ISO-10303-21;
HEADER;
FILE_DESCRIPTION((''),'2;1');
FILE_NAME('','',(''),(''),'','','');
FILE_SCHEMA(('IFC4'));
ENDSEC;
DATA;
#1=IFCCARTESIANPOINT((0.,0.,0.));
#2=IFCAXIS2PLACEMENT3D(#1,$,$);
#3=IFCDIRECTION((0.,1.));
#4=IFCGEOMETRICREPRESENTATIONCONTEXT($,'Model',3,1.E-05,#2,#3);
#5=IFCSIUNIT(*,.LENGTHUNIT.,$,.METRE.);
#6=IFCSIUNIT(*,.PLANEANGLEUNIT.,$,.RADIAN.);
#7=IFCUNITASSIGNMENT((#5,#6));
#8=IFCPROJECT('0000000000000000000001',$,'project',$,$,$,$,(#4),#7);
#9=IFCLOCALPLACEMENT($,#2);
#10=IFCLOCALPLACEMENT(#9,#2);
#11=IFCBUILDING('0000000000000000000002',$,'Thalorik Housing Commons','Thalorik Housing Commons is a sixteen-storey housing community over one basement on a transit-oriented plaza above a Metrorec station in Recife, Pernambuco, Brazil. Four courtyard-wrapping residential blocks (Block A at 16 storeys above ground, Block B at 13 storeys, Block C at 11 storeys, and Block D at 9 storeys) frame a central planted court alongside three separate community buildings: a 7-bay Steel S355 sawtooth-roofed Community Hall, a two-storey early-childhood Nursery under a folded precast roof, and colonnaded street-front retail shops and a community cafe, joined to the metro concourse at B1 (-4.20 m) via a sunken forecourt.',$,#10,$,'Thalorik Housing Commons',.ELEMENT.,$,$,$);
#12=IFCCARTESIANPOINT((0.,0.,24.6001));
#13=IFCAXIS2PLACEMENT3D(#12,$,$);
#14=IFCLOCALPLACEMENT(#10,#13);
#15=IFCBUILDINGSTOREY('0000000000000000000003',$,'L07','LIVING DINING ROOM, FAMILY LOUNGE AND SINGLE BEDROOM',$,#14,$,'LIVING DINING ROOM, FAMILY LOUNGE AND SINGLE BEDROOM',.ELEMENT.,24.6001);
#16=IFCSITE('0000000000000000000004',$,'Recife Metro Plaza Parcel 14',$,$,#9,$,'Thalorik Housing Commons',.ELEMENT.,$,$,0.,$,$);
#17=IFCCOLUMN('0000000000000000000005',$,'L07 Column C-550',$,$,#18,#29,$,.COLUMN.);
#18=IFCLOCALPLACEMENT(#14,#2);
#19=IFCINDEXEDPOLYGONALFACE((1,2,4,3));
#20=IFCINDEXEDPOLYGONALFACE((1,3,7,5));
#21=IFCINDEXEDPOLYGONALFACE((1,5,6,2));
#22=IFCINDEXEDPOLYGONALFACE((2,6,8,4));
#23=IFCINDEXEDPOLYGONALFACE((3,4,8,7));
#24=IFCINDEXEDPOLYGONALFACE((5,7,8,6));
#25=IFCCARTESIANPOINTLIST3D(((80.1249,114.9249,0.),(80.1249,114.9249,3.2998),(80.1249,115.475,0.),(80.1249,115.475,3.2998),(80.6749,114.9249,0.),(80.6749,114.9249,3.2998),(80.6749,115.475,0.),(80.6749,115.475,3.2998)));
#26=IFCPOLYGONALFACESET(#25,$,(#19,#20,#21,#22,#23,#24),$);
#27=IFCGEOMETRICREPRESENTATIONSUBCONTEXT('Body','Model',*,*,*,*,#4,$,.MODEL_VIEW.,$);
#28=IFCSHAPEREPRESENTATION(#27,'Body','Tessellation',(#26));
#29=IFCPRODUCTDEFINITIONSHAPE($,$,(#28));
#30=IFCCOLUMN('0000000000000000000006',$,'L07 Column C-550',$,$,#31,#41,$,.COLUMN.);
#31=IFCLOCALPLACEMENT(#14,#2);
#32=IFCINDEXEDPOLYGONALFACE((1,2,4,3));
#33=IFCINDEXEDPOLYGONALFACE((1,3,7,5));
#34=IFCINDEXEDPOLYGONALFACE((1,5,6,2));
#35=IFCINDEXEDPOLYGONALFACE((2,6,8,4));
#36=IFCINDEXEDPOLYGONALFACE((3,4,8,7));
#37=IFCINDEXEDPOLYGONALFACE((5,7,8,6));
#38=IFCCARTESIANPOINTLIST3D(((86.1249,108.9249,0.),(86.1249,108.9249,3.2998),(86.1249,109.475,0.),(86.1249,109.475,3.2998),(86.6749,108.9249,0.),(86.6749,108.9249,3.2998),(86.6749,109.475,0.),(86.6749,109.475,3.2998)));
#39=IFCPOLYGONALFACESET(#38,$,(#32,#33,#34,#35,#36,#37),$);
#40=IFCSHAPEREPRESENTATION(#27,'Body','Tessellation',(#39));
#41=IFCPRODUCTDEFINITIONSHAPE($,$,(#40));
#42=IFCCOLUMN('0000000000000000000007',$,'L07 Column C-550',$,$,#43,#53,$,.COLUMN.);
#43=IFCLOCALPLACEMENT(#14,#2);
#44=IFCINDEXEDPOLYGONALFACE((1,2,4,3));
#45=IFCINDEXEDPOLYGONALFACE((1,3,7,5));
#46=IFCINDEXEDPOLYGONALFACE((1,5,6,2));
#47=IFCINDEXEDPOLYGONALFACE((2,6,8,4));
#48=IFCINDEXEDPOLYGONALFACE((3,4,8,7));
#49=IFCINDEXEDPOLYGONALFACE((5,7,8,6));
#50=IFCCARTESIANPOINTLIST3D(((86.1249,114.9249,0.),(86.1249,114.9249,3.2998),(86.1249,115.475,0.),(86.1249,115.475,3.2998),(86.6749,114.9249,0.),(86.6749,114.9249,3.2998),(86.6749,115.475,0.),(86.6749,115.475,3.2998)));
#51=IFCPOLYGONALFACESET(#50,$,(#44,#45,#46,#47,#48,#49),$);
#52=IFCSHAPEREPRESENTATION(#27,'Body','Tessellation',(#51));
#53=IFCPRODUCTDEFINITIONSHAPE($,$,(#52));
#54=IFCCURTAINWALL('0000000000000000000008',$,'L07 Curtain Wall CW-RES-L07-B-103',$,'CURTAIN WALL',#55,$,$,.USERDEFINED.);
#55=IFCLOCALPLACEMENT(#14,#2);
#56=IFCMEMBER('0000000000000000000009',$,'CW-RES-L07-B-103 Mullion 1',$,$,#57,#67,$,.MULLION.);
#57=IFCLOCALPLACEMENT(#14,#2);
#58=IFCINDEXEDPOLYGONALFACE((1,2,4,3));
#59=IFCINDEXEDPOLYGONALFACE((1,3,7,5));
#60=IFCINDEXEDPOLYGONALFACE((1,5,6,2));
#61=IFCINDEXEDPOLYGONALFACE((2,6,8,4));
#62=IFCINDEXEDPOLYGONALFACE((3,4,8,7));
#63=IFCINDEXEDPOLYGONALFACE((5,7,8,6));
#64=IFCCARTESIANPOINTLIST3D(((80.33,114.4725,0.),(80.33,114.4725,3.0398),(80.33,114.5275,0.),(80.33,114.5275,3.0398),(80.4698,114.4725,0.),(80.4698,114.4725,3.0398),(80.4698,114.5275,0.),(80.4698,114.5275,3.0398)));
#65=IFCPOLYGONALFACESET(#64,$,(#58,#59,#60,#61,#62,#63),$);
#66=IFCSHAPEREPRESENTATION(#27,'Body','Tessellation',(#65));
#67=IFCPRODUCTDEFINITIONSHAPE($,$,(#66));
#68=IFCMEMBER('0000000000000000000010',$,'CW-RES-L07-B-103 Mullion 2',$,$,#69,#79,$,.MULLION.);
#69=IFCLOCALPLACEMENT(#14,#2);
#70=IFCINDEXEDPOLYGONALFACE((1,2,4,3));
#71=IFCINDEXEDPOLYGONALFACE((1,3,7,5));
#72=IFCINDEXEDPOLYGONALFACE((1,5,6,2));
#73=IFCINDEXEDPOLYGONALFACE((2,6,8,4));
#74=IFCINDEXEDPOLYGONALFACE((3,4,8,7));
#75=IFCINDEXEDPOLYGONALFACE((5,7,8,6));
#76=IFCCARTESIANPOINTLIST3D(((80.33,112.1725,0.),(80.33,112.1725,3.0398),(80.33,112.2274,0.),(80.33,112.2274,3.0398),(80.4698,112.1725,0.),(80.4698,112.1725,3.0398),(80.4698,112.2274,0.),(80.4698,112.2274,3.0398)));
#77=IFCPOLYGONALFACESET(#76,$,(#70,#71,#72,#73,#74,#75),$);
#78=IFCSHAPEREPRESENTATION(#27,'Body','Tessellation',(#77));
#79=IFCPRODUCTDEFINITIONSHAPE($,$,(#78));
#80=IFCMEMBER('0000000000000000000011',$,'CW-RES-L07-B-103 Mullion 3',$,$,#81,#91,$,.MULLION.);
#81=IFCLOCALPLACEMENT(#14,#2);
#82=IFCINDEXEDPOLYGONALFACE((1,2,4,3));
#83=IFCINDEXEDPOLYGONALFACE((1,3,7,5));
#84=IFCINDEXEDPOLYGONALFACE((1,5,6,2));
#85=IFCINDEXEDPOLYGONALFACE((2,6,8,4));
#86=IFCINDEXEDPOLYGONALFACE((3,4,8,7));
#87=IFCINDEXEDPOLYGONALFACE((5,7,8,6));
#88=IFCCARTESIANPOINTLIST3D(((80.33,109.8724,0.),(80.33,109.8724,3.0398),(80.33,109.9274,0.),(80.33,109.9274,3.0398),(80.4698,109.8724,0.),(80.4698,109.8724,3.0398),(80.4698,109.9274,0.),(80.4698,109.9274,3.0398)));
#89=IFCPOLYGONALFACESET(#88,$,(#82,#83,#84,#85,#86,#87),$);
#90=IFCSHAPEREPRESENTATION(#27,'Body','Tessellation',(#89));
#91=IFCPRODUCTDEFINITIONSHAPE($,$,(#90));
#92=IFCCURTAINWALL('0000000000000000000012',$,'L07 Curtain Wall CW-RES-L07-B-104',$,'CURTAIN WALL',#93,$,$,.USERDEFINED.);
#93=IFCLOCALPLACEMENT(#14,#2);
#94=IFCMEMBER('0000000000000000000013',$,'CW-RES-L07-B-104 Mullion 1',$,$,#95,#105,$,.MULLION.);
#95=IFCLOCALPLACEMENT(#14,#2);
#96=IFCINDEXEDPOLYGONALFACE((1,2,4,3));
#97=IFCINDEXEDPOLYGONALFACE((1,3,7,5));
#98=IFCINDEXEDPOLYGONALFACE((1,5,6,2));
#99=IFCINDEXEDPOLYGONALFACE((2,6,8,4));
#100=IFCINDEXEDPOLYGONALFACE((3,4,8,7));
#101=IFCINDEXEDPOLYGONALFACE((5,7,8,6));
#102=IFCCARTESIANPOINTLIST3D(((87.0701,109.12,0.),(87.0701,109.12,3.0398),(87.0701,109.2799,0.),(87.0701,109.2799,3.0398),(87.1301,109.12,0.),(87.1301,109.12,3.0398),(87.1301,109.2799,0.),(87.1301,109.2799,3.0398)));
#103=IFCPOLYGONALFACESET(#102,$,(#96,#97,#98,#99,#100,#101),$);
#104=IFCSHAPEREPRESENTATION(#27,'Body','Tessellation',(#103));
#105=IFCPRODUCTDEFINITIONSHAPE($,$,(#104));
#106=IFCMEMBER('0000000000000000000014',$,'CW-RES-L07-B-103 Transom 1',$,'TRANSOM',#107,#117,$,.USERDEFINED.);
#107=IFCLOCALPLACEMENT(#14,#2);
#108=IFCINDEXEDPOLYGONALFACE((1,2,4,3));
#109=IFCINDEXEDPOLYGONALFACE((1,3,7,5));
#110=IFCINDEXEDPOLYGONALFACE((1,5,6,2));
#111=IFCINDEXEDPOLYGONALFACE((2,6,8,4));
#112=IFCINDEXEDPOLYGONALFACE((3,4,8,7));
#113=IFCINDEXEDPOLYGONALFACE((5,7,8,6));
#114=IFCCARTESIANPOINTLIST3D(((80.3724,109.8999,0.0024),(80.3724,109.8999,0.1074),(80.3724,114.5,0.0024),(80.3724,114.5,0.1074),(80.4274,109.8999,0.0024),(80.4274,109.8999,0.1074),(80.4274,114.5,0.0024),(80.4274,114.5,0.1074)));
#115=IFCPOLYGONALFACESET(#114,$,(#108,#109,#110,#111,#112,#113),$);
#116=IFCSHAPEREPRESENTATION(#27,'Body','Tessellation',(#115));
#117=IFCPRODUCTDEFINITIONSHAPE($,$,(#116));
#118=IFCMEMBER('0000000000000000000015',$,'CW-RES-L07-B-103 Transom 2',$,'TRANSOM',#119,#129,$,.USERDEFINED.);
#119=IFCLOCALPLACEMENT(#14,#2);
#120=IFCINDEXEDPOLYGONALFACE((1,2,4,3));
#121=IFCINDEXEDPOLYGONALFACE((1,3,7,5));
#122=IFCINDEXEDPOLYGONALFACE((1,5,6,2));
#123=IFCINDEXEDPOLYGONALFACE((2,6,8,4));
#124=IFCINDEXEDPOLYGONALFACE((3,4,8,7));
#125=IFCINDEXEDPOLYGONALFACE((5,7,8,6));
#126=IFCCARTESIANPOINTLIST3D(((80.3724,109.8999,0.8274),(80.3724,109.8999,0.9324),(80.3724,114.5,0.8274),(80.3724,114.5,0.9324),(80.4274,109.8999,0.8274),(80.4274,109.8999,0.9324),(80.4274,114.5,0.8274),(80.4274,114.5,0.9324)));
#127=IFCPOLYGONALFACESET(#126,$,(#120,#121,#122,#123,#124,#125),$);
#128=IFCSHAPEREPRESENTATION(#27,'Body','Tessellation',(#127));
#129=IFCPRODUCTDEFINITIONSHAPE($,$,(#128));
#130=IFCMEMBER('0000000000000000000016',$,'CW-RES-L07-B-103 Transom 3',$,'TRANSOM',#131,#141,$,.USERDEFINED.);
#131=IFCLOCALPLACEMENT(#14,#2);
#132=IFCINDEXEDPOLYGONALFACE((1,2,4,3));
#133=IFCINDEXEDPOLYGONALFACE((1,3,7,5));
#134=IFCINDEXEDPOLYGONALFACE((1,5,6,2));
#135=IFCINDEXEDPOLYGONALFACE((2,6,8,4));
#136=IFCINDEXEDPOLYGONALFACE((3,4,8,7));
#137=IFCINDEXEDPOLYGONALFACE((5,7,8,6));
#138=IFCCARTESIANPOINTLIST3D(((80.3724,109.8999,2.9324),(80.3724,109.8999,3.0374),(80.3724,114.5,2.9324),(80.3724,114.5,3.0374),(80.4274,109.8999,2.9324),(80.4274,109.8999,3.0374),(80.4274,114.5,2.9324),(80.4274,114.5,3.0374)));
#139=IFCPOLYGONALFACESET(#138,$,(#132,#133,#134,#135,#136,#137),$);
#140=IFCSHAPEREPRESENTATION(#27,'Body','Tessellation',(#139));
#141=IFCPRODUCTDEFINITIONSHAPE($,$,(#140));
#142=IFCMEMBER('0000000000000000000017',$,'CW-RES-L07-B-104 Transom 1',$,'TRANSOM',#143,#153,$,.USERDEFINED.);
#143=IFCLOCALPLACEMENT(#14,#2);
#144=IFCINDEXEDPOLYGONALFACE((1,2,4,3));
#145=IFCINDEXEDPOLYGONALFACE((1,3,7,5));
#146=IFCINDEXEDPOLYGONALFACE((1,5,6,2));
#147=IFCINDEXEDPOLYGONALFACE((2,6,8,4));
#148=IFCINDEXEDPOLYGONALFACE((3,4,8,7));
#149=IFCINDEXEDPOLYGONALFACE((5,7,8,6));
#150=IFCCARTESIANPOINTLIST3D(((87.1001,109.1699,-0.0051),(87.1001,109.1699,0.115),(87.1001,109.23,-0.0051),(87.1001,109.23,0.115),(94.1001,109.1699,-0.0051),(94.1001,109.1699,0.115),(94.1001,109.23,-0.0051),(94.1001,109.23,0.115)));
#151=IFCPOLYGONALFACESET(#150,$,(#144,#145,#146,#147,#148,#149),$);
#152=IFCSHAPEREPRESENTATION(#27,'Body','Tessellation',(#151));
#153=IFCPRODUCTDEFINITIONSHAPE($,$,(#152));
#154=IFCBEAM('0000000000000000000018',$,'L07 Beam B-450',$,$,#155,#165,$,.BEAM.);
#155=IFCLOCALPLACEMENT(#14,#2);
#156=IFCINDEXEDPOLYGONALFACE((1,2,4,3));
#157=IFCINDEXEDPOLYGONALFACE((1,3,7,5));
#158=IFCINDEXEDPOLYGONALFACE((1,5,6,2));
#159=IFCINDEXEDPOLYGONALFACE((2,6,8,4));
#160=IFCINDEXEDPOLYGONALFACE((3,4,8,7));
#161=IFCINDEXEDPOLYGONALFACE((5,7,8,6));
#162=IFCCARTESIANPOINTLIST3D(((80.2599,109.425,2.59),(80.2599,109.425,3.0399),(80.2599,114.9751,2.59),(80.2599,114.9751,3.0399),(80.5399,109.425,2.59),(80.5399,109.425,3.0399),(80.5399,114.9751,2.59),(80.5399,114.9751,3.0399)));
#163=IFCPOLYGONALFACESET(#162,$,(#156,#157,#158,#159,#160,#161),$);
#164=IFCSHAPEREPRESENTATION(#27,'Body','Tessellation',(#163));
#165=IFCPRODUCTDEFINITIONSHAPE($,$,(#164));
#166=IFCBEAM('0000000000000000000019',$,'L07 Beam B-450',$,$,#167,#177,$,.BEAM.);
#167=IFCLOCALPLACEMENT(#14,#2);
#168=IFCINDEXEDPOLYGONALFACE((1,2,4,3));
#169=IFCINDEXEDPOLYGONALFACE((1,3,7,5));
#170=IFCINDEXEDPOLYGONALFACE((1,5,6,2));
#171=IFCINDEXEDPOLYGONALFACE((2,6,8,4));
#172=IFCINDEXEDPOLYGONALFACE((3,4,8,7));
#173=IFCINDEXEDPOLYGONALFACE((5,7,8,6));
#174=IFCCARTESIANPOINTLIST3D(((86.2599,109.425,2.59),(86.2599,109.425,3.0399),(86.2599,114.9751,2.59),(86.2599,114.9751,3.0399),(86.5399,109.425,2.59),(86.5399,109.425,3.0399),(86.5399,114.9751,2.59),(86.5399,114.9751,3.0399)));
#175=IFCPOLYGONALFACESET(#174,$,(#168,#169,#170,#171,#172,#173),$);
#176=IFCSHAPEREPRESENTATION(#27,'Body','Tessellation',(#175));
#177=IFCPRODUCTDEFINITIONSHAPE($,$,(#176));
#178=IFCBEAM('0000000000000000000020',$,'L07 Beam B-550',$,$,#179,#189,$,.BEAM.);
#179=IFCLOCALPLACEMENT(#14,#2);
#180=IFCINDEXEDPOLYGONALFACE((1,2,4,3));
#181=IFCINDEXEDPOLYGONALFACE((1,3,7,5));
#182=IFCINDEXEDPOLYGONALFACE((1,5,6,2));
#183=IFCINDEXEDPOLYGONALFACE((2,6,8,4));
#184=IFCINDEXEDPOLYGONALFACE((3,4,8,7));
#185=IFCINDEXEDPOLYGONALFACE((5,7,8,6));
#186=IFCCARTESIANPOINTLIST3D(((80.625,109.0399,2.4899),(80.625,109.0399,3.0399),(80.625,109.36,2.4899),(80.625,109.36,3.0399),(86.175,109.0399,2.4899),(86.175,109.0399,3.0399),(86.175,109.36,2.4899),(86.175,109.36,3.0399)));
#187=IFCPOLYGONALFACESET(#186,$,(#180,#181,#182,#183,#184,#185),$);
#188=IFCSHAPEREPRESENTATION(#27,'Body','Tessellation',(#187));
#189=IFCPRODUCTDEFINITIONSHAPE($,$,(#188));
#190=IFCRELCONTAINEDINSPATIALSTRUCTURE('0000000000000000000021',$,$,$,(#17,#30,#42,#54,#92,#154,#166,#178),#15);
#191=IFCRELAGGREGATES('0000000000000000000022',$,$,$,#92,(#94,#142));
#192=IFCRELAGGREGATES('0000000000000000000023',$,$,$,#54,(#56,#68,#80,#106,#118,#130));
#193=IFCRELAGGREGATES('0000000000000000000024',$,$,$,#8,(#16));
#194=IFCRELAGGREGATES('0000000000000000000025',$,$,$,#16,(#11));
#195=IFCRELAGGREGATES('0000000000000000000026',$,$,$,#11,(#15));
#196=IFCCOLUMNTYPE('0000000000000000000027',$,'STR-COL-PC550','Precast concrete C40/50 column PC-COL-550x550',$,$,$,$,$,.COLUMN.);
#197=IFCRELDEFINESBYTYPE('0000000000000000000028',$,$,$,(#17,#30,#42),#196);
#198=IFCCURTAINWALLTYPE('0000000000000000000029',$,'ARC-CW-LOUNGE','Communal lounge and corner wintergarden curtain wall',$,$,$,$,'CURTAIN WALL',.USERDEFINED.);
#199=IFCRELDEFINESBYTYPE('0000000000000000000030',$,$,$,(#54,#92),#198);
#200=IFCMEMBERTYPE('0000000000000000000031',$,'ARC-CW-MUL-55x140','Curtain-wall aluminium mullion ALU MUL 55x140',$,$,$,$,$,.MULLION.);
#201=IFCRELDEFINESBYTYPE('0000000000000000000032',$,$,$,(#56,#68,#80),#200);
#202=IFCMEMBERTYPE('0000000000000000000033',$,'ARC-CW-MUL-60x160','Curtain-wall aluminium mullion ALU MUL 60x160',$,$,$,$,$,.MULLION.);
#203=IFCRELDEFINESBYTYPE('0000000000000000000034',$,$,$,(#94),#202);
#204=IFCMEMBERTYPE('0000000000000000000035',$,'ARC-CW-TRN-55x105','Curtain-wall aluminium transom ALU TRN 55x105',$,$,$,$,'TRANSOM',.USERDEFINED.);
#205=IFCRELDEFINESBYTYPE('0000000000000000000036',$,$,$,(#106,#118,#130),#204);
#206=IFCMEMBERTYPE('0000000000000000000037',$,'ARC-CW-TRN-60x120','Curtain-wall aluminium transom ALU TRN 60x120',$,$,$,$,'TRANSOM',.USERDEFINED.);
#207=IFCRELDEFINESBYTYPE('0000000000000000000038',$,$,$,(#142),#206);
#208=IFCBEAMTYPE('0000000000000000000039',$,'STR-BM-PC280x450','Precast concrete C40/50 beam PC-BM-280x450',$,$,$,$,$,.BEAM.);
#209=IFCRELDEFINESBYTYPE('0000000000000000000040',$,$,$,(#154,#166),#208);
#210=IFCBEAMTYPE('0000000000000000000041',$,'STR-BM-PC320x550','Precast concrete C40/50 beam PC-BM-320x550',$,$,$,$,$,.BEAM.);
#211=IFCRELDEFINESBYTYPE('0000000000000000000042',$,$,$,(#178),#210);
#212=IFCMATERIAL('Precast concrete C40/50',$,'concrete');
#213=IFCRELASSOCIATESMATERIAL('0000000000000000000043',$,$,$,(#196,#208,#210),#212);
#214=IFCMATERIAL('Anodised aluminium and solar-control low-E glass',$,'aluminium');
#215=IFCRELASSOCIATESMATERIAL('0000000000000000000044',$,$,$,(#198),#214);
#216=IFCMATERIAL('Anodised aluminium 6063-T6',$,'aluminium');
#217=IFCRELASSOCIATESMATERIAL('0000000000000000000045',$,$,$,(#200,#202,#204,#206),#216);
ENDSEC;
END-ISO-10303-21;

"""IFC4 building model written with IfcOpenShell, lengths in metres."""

from ifc_helpers import new_model, si_unit, direction, frame, origin, origin_2d, place, context, subcontext, project, spatial, rectangle, extrude, material, material_profile, profile_set, type_object, element, aggregate, save


model = new_model("IFC4")

# Units and contexts
model_context = context("Model", 3, precision=1e-05, world=origin(), true_north=direction((0.0, 1.0)))
body_context = subcontext(model_context, "Body", "Model", "MODEL_VIEW")
ifc_project = project(units=[si_unit("LENGTHUNIT", "METRE"), si_unit("PLANEANGLEUNIT", "RADIAN")], contexts=[model_context])

# Site, building, storey
site_placement = place(None, origin())
site = spatial("IfcSite", under=ifc_project, at=site_placement, Name="Recife Metro Plaza Parcel 14", LongName="Thalorik Housing Commons", CompositionType="ELEMENT", RefElevation=0.0)
building_placement = place(site_placement, origin())
building = spatial("IfcBuilding", under=site, at=building_placement, Name="Thalorik Housing Commons", Description="Thalorik Housing Commons is a sixteen-storey housing community over one basement on a transit-oriented plaza above a Metrorec station in Recife, Pernambuco, Brazil. Four courtyard-wrapping residential blocks (Block A at 16 storeys above ground, Block B at 13 storeys, Block C at 11 storeys, and Block D at 9 storeys) frame a central planted court alongside three separate community buildings: a 7-bay Steel S355 sawtooth-roofed Community Hall, a two-storey early-childhood Nursery under a folded precast roof, and colonnaded street-front retail shops and a community cafe, joined to the metro concourse at B1 (-4.20 m) via a sunken forecourt.", LongName="Thalorik Housing Commons", CompositionType="ELEMENT")
storey_placement = place(building_placement, frame((0.0, 0.0, 24.6001)))
storey = spatial("IfcBuildingStorey", under=building, at=storey_placement, Name="L07", Description="LIVING DINING ROOM, FAMILY LOUNGE AND SINGLE BEDROOM", LongName="LIVING DINING ROOM, FAMILY LOUNGE AND SINGLE BEDROOM", CompositionType="ELEMENT", Elevation=24.6001)

# Columns
ifc_material_1 = material(Name="Precast concrete C40/50", Category="concrete")
ifc_material_profile_1 = material_profile(ifc_material_1, rectangle(XDim=0.55, YDim=0.55, at=origin_2d()), Name="PC 550x550", Category="concrete")
ifc_profile_set_1 = profile_set([ifc_material_profile_1], Name="Precast concrete C40/50")
column_type = type_object("IfcColumnType", Name="STR-COL-PC550", Description="Precast concrete C40/50 column PC-COL-550x550", PredefinedType="COLUMN", material=ifc_profile_set_1)
for number, where, z_axis, x_axis, name in (
    (1, (80.3999, 115.2, 0.0), (0.0, 0.0, 1.0), (1.0, 0.0, 0.0), "L07 Column C-550"),
    (2, (86.3999, 109.2, 0.0), (0.0, 0.0, 1.0), (1.0, 0.0, 0.0), "L07 Column C-550"),
    (3, (86.3999, 115.2, 0.0), (0.0, 0.0, 1.0), (1.0, 0.0, 0.0), "L07 Column C-550"),
):
    element("IfcColumn", number, at=place(storey_placement, frame(where, z_axis=z_axis, x_axis=x_axis)), inside=storey, type_object=column_type, Name=name, PredefinedType="COLUMN", context=body_context, shape_type="SweptSolid", body=[
        extrude(rectangle(XDim=0.55, YDim=0.55, at=origin_2d()), origin(), (0.0, 0.0, 1.0), 3.2998),
    ])

# Curtain wall, members
ifc_material_2 = material(Name="Anodised aluminium and solar-control low-E glass", Category="aluminium")
curtain_wall_type = type_object("IfcCurtainWallType", Name="ARC-CW-LOUNGE", Description="Communal lounge and corner wintergarden curtain wall", ElementType="CURTAIN WALL", PredefinedType="USERDEFINED", material=ifc_material_2)
curtain_wall_1_placement = place(storey_placement, origin())
curtain_wall_1 = element("IfcCurtainWall", 4, at=curtain_wall_1_placement, inside=storey, type_object=curtain_wall_type, Name="L07 Curtain Wall CW-RES-L07-B-103", ObjectType="CURTAIN WALL", PredefinedType="USERDEFINED")
ifc_material_3 = material(Name="Anodised aluminium 6063-T6", Category="aluminium")
ifc_material_profile_2 = material_profile(ifc_material_3, rectangle(XDim=0.0549, YDim=0.1399, at=origin_2d()), Name="ALU MUL 55x140", Category="aluminium")
ifc_profile_set_2 = profile_set([ifc_material_profile_2], Name="Anodised aluminium 6063-T6")
member_type_1 = type_object("IfcMemberType", Name="ARC-CW-MUL-55x140", Description="Curtain-wall aluminium mullion ALU MUL 55x140", PredefinedType="MULLION", material=ifc_profile_set_2)
member_1_placement = place(storey_placement, frame((80.3999, 114.5, 0.0), z_axis=(0.0, 0.0, 1.0), x_axis=(0.0, -1.0, 0.0)))
member_1 = element("IfcMember", 5, at=member_1_placement, type_object=member_type_1, Name="CW-RES-L07-B-103 Mullion 1", PredefinedType="MULLION", context=body_context, shape_type="SweptSolid", body=[
    extrude(rectangle(XDim=0.0549, YDim=0.1399, at=origin_2d()), origin(), (0.0, 0.0, 1.0), 3.0398),
])
member_2_placement = place(storey_placement, frame((80.3999, 112.2, 0.0), z_axis=(0.0, 0.0, 1.0), x_axis=(0.0, -1.0, 0.0)))
member_2 = element("IfcMember", 6, at=member_2_placement, type_object=member_type_1, Name="CW-RES-L07-B-103 Mullion 2", PredefinedType="MULLION", context=body_context, shape_type="SweptSolid", body=[
    extrude(rectangle(XDim=0.0549, YDim=0.1399, at=origin_2d()), origin(), (0.0, 0.0, 1.0), 3.0398),
])
member_3_placement = place(storey_placement, frame((80.3999, 109.8999, 0.0), z_axis=(0.0, 0.0, 1.0), x_axis=(0.0, -1.0, 0.0)))
member_3 = element("IfcMember", 7, at=member_3_placement, type_object=member_type_1, Name="CW-RES-L07-B-103 Mullion 3", PredefinedType="MULLION", context=body_context, shape_type="SweptSolid", body=[
    extrude(rectangle(XDim=0.0549, YDim=0.1399, at=origin_2d()), origin(), (0.0, 0.0, 1.0), 3.0398),
])

# Curtain wall, member
curtain_wall_2_placement = place(storey_placement, origin())
curtain_wall_2 = element("IfcCurtainWall", 8, at=curtain_wall_2_placement, inside=storey, type_object=curtain_wall_type, Name="L07 Curtain Wall CW-RES-L07-B-104", ObjectType="CURTAIN WALL", PredefinedType="USERDEFINED")
ifc_material_profile_3 = material_profile(ifc_material_3, rectangle(XDim=0.0601, YDim=0.1599, at=origin_2d()), Name="ALU MUL 60x160", Category="aluminium")
ifc_profile_set_3 = profile_set([ifc_material_profile_3], Name="Anodised aluminium 6063-T6")
member_type_2 = type_object("IfcMemberType", Name="ARC-CW-MUL-60x160", Description="Curtain-wall aluminium mullion ALU MUL 60x160", PredefinedType="MULLION", material=ifc_profile_set_3)
member_4_placement = place(storey_placement, frame((87.1001, 109.2, 0.0), z_axis=(0.0, 0.0, 1.0), x_axis=(1.0, 0.0, 0.0)))
member_4 = element("IfcMember", 9, at=member_4_placement, type_object=member_type_2, Name="CW-RES-L07-B-104 Mullion 1", PredefinedType="MULLION", context=body_context, shape_type="SweptSolid", body=[
    extrude(rectangle(XDim=0.0601, YDim=0.1599, at=origin_2d()), origin(), (0.0, 0.0, 1.0), 3.0398),
])

# Members
ifc_material_profile_4 = material_profile(ifc_material_3, rectangle(XDim=0.0549, YDim=0.105, at=origin_2d()), Name="ALU TRN 55x105", Category="aluminium")
ifc_profile_set_4 = profile_set([ifc_material_profile_4], Name="Anodised aluminium 6063-T6")
member_type_3 = type_object("IfcMemberType", Name="ARC-CW-TRN-55x105", Description="Curtain-wall aluminium transom ALU TRN 55x105", ElementType="TRANSOM", PredefinedType="USERDEFINED", material=ifc_profile_set_4)
member_5_placement = place(storey_placement, frame((80.3999, 114.5, 0.0549), z_axis=(0.0, -1.0, 0.0), x_axis=(1.0, 0.0, 0.0)))
member_5 = element("IfcMember", 10, at=member_5_placement, type_object=member_type_3, Name="CW-RES-L07-B-103 Transom 1", ObjectType="TRANSOM", PredefinedType="USERDEFINED", context=body_context, shape_type="SweptSolid", body=[
    extrude(rectangle(XDim=0.0549, YDim=0.105, at=origin_2d()), origin(), (0.0, 0.0, 1.0), 4.6001),
])
member_6_placement = place(storey_placement, frame((80.3999, 114.5, 0.8799), z_axis=(0.0, -1.0, 0.0), x_axis=(1.0, 0.0, 0.0)))
member_6 = element("IfcMember", 11, at=member_6_placement, type_object=member_type_3, Name="CW-RES-L07-B-103 Transom 2", ObjectType="TRANSOM", PredefinedType="USERDEFINED", context=body_context, shape_type="SweptSolid", body=[
    extrude(rectangle(XDim=0.0549, YDim=0.105, at=origin_2d()), origin(), (0.0, 0.0, 1.0), 4.6001),
])
member_7_placement = place(storey_placement, frame((80.3999, 114.5, 2.9849), z_axis=(0.0, -1.0, 0.0), x_axis=(1.0, 0.0, 0.0)))
member_7 = element("IfcMember", 12, at=member_7_placement, type_object=member_type_3, Name="CW-RES-L07-B-103 Transom 3", ObjectType="TRANSOM", PredefinedType="USERDEFINED", context=body_context, shape_type="SweptSolid", body=[
    extrude(rectangle(XDim=0.0549, YDim=0.105, at=origin_2d()), origin(), (0.0, 0.0, 1.0), 4.6001),
])
ifc_material_profile_5 = material_profile(ifc_material_3, rectangle(XDim=0.0601, YDim=0.1201, at=origin_2d()), Name="ALU TRN 60x120", Category="aluminium")
ifc_profile_set_5 = profile_set([ifc_material_profile_5], Name="Anodised aluminium 6063-T6")
member_type_4 = type_object("IfcMemberType", Name="ARC-CW-TRN-60x120", Description="Curtain-wall aluminium transom ALU TRN 60x120", ElementType="TRANSOM", PredefinedType="USERDEFINED", material=ifc_profile_set_5)
member_8_placement = place(storey_placement, frame((87.1001, 109.2, 0.0549), z_axis=(1.0, 0.0, 0.0), x_axis=(0.0, 1.0, 0.0)))
member_8 = element("IfcMember", 13, at=member_8_placement, type_object=member_type_4, Name="CW-RES-L07-B-104 Transom 1", ObjectType="TRANSOM", PredefinedType="USERDEFINED", context=body_context, shape_type="SweptSolid", body=[
    extrude(rectangle(XDim=0.0601, YDim=0.1201, at=origin_2d()), origin(), (0.0, 0.0, 1.0), 7.0),
])
aggregate(curtain_wall_2, [member_4, member_8])

# Beams
ifc_material_profile_6 = material_profile(ifc_material_1, rectangle(XDim=0.28, YDim=0.45, at=origin_2d()), Name="PC 280x450", Category="concrete")
ifc_profile_set_6 = profile_set([ifc_material_profile_6], Name="Precast concrete C40/50")
beam_type_1 = type_object("IfcBeamType", Name="STR-BM-PC280x450", Description="Precast concrete C40/50 beam PC-BM-280x450", PredefinedType="BEAM", material=ifc_profile_set_6)
for number, where, z_axis, x_axis, name in (
    (14, (80.3999, 109.425, 2.8149), (0.0, 1.0, 0.0), (-1.0, 0.0, 0.0), "L07 Beam B-450"),
    (15, (86.3999, 109.425, 2.8149), (0.0, 1.0, 0.0), (-1.0, 0.0, 0.0), "L07 Beam B-450"),
):
    element("IfcBeam", number, at=place(storey_placement, frame(where, z_axis=z_axis, x_axis=x_axis)), inside=storey, type_object=beam_type_1, Name=name, PredefinedType="BEAM", context=body_context, shape_type="SweptSolid", body=[
        extrude(rectangle(XDim=0.28, YDim=0.45, at=origin_2d()), origin(), (0.0, 0.0, 1.0), 5.55),
    ])
ifc_material_profile_7 = material_profile(ifc_material_1, rectangle(XDim=0.3201, YDim=0.55, at=origin_2d()), Name="PC 320x550", Category="concrete")
ifc_profile_set_7 = profile_set([ifc_material_profile_7], Name="Precast concrete C40/50")
beam_type_2 = type_object("IfcBeamType", Name="STR-BM-PC320x550", Description="Precast concrete C40/50 beam PC-BM-320x550", PredefinedType="BEAM", material=ifc_profile_set_7)
for number, where, z_axis, x_axis, name in (
    (16, (80.625, 109.2, 2.7649), (1.0, 0.0, 0.0), (0.0, 1.0, 0.0), "L07 Beam B-550"),
):
    element("IfcBeam", number, at=place(storey_placement, frame(where, z_axis=z_axis, x_axis=x_axis)), inside=storey, type_object=beam_type_2, Name=name, PredefinedType="BEAM", context=body_context, shape_type="SweptSolid", body=[
        extrude(rectangle(XDim=0.3201, YDim=0.55, at=origin_2d()), origin(), (0.0, 0.0, 1.0), 5.55),
    ])

aggregate(curtain_wall_1, [member_1, member_2, member_3, member_5, member_6, member_7])

save(model, "model.ifc")
